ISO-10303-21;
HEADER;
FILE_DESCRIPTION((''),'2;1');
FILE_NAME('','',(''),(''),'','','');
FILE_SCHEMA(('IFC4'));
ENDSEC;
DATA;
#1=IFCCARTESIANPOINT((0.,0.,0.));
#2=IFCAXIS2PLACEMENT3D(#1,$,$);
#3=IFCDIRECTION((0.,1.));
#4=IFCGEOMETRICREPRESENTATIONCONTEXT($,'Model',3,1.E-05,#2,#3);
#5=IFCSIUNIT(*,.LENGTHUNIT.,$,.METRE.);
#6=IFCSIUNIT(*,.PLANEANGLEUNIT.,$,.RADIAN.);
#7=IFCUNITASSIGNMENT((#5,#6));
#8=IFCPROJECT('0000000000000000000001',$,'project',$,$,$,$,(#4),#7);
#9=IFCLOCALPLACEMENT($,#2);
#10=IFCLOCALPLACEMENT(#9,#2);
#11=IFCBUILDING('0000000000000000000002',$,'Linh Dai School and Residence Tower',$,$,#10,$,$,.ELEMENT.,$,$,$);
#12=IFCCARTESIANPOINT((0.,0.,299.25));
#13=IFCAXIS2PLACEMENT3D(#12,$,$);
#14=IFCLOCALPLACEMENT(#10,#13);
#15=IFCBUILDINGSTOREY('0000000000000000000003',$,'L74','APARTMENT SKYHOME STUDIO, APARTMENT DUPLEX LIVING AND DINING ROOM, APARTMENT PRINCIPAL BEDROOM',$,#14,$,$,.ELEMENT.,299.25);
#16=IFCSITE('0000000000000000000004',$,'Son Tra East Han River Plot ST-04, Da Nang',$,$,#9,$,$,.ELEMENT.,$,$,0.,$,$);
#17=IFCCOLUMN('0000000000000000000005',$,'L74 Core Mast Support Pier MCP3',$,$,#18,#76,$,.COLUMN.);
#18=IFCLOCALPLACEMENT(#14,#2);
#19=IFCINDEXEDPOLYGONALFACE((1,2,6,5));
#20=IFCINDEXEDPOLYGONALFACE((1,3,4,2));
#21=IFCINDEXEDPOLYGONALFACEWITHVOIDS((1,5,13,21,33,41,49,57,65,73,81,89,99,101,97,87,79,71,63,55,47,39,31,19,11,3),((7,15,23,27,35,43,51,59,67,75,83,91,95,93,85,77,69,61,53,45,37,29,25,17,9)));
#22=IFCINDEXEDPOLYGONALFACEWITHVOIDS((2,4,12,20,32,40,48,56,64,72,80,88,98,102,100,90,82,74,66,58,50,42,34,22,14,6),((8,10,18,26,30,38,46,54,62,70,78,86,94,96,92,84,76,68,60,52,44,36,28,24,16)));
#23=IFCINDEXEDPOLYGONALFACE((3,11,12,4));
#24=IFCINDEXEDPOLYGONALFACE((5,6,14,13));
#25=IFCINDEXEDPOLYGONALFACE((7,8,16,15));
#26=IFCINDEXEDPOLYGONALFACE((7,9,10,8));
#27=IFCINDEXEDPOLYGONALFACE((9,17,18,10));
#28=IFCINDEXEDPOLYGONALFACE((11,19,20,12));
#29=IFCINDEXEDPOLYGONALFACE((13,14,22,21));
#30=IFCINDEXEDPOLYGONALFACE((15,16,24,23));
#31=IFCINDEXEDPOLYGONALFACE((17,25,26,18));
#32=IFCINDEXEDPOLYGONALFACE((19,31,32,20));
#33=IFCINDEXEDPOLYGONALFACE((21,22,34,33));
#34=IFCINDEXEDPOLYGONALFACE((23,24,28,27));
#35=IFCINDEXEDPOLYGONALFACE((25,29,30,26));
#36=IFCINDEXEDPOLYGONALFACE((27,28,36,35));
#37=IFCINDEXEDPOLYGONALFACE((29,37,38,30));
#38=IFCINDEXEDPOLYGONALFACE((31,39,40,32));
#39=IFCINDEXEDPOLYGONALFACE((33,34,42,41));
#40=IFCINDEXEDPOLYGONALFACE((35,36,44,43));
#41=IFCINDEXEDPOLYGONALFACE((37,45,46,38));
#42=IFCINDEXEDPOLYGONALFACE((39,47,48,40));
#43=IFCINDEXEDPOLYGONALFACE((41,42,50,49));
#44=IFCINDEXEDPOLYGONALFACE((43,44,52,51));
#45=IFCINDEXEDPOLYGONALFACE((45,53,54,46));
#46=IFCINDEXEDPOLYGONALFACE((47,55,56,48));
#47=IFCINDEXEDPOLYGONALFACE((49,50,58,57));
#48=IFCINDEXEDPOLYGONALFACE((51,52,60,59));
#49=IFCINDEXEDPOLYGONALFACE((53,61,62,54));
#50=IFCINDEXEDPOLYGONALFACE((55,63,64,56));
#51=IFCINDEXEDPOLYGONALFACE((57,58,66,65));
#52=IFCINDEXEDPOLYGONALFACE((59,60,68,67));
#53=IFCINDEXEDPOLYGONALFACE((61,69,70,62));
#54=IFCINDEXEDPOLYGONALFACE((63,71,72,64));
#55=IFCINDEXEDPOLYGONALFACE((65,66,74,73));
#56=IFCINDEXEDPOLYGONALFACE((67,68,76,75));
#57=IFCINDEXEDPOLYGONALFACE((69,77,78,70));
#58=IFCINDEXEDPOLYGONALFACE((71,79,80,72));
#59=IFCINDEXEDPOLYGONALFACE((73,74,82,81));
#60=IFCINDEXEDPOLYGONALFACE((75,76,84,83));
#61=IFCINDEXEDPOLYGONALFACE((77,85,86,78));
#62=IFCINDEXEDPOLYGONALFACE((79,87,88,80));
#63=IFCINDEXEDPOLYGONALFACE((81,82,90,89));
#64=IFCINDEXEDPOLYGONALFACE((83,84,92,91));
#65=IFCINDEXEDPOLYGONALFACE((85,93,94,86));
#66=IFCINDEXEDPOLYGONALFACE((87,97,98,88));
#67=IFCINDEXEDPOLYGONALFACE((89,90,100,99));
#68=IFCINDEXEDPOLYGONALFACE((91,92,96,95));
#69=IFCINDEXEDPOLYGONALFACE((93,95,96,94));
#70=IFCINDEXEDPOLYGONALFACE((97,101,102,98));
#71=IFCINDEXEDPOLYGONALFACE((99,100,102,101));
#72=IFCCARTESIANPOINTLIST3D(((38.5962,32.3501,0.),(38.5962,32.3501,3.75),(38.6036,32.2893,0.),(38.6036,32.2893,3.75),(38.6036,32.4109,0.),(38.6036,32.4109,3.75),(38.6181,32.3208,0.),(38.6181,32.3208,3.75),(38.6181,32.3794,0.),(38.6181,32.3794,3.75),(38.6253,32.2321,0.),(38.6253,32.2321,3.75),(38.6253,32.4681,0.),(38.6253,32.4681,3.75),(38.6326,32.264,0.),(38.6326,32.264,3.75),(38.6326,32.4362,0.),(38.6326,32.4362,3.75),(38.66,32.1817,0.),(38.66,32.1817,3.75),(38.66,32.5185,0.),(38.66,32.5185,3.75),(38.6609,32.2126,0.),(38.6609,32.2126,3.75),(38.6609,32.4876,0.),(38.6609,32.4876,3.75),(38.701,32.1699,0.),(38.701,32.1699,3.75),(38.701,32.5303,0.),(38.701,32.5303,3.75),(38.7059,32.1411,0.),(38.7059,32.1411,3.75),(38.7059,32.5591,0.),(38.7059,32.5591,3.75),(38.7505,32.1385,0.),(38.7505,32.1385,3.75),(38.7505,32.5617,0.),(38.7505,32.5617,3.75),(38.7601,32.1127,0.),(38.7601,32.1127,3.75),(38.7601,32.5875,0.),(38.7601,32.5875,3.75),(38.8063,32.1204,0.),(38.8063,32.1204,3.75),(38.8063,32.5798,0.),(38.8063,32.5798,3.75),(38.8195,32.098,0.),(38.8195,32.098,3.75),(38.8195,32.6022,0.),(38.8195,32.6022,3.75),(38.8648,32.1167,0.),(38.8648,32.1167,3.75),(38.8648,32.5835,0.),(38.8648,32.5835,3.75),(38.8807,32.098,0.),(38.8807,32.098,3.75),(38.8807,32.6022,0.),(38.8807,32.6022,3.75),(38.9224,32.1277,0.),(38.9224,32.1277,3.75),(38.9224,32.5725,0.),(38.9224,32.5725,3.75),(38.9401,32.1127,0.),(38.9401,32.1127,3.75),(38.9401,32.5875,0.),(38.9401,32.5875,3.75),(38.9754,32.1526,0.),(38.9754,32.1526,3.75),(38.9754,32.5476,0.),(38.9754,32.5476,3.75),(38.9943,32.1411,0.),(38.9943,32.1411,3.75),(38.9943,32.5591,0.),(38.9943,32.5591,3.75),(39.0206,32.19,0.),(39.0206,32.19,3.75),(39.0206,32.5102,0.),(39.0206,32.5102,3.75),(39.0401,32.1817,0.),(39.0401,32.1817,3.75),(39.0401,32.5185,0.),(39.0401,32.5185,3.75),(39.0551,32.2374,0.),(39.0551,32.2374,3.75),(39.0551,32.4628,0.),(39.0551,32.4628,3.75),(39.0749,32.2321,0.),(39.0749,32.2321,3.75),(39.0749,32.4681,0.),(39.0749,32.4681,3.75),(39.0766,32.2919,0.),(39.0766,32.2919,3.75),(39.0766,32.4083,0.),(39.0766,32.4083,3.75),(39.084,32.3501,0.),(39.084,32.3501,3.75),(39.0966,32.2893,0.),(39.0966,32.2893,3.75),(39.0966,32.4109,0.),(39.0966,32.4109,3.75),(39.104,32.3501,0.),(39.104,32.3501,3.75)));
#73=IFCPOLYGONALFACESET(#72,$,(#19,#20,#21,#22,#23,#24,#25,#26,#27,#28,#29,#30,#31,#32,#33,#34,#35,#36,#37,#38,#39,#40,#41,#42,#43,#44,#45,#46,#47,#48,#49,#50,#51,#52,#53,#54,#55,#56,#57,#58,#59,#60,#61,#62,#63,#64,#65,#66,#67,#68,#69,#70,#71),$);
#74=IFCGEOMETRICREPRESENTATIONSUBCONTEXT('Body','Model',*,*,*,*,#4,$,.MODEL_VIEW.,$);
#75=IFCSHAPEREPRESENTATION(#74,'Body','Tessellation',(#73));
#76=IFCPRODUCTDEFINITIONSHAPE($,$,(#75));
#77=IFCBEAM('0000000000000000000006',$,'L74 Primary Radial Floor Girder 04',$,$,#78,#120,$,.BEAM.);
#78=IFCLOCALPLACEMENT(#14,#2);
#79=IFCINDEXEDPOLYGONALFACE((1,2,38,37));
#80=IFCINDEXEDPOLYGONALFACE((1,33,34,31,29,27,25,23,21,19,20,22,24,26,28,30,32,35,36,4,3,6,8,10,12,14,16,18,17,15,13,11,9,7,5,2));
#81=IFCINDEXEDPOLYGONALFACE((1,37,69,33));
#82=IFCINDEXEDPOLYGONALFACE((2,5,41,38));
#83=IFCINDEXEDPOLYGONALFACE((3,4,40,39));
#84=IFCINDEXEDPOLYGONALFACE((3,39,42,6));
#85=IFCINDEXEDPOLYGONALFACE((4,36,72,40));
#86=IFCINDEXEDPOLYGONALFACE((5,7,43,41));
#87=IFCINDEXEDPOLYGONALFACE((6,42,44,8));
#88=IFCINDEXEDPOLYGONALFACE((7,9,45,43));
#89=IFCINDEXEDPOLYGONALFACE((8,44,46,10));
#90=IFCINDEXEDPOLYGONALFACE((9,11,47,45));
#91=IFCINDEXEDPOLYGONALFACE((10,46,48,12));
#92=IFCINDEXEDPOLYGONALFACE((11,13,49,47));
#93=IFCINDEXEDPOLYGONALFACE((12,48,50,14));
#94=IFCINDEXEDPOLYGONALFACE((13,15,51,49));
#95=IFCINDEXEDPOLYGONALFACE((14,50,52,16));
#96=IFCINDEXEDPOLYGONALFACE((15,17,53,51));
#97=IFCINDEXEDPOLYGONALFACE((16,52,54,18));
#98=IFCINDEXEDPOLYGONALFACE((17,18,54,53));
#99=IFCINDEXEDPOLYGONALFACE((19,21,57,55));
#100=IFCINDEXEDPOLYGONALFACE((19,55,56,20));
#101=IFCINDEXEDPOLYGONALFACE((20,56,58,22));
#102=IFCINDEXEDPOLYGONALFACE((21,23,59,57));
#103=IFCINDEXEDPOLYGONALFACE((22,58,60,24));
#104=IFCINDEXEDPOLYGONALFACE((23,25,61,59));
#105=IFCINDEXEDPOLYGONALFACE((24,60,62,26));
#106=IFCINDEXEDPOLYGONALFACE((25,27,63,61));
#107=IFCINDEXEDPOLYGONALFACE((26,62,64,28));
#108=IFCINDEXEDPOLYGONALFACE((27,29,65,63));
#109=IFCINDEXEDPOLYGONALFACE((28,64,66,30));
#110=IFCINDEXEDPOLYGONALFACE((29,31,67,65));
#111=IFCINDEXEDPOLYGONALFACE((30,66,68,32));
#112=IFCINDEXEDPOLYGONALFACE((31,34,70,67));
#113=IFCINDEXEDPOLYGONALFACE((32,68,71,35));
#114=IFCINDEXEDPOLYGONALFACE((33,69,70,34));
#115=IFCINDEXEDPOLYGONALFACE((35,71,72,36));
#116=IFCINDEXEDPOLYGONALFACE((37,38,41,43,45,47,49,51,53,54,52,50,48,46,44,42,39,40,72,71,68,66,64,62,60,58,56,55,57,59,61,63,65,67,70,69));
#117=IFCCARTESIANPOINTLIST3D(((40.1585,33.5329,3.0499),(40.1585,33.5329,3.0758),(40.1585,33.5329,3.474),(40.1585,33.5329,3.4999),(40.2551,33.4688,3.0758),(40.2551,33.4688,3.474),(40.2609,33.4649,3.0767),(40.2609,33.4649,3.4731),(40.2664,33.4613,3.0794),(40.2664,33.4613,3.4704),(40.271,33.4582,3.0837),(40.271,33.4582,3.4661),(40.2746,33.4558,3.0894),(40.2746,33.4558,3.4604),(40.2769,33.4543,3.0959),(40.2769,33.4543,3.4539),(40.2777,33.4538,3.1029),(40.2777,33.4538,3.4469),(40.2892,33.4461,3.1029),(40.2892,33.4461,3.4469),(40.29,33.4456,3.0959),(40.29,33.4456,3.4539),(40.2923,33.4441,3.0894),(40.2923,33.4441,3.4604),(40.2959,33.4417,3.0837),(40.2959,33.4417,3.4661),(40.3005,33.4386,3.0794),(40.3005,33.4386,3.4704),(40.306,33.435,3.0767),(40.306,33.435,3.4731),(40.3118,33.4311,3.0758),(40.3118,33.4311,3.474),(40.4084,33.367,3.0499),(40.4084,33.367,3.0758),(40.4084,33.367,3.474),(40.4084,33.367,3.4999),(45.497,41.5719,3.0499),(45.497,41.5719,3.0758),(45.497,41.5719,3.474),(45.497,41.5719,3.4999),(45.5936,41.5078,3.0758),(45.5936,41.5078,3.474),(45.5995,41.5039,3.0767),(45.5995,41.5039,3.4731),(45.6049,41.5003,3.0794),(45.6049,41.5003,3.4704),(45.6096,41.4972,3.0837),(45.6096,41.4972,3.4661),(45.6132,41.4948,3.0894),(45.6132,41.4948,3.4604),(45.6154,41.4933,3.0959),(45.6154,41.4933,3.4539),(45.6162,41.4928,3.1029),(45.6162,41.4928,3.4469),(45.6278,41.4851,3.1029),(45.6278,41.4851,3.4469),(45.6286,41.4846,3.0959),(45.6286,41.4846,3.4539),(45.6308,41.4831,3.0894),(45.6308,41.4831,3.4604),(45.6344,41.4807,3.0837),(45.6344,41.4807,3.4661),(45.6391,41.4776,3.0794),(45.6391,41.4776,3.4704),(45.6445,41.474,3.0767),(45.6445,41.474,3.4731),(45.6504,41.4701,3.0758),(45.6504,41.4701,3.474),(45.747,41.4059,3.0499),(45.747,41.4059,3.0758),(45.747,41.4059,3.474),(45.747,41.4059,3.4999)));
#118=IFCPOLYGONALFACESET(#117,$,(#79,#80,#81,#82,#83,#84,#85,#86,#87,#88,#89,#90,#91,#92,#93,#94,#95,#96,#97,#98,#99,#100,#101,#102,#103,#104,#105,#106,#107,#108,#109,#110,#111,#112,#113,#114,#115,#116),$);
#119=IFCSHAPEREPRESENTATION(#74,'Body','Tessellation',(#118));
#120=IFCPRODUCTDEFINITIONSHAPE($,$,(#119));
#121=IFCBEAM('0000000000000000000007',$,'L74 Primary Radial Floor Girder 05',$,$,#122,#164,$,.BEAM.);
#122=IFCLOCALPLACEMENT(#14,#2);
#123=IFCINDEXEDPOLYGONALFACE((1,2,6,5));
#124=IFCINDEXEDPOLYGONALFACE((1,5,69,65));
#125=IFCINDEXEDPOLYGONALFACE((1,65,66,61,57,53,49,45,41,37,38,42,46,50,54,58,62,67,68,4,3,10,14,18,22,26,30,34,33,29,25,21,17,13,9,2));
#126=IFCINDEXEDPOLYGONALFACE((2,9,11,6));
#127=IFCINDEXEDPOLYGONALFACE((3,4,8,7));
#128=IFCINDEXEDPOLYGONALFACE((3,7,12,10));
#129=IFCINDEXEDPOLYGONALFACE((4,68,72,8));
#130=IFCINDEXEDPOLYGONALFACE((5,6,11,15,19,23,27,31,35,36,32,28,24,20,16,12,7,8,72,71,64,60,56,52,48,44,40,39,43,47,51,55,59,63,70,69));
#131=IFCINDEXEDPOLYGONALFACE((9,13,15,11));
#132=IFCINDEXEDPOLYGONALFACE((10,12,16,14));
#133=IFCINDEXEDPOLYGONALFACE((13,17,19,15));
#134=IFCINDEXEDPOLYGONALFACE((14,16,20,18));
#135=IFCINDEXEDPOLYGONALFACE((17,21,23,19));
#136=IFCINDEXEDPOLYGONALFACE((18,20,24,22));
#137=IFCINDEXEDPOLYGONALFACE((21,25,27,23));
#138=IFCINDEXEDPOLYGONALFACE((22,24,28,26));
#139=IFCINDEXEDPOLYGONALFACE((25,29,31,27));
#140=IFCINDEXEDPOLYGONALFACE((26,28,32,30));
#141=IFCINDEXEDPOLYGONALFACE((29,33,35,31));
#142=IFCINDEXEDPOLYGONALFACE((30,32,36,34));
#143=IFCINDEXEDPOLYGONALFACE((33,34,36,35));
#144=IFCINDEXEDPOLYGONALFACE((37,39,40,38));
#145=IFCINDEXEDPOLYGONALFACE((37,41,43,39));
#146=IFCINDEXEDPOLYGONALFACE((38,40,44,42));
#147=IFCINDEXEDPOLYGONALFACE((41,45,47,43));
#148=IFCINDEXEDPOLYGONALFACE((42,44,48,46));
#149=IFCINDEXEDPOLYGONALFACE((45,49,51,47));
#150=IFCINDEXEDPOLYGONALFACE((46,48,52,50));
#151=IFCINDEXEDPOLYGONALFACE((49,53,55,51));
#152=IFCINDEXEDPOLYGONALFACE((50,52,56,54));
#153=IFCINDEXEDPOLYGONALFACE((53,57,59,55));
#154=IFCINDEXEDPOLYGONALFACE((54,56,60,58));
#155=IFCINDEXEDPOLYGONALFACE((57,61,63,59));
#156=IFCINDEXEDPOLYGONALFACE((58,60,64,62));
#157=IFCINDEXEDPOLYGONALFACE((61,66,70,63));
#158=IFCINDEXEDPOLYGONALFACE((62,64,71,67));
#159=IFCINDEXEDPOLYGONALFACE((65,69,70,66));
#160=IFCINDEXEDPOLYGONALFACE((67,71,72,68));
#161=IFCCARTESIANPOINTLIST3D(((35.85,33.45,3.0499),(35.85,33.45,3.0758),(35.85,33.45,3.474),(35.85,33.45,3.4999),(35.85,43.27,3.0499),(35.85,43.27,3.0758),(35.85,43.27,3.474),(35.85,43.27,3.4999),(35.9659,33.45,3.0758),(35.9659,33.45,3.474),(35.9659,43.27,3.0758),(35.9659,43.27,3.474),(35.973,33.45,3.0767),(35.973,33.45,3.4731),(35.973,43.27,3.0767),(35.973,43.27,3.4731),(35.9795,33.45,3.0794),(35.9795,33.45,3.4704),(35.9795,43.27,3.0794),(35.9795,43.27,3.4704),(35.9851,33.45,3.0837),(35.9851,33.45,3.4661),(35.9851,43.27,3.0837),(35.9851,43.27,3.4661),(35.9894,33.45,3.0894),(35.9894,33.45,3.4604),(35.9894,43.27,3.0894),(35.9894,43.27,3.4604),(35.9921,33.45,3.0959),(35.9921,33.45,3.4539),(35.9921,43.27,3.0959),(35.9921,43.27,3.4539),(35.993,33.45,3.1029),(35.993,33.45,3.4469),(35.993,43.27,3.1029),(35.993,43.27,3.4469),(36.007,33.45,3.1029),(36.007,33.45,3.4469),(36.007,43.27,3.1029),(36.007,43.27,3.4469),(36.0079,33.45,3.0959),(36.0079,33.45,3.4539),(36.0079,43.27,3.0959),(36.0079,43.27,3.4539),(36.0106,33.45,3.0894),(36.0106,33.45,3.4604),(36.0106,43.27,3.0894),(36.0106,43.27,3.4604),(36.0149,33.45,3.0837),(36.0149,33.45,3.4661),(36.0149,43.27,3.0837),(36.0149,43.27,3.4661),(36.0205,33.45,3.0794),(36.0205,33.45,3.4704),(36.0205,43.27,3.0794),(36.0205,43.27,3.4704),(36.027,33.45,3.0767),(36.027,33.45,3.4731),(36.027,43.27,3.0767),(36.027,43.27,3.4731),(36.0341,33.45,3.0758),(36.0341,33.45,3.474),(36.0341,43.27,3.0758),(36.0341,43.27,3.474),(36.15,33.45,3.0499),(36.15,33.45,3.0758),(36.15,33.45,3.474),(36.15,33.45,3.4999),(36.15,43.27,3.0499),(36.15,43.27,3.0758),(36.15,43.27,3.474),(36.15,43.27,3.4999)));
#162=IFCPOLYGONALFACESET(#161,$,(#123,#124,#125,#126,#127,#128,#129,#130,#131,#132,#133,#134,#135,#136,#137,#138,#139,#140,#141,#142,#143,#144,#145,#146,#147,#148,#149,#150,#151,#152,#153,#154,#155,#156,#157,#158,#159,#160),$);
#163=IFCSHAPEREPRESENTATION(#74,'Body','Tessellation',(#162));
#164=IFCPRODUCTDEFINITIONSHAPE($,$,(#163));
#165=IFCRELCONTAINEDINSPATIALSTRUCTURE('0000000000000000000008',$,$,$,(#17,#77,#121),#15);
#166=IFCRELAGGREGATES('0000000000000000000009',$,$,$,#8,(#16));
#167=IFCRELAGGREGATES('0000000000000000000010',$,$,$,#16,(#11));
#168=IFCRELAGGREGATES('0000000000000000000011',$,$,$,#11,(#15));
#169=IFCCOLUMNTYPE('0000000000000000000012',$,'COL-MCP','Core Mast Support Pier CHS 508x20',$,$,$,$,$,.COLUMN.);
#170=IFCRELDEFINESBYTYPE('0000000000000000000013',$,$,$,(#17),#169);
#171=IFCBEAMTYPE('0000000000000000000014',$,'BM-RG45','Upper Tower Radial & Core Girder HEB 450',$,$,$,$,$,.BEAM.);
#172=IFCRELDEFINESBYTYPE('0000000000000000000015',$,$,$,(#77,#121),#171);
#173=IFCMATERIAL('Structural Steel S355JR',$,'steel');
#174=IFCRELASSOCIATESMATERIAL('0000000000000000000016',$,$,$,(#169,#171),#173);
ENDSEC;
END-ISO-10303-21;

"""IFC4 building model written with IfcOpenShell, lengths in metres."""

from ifc_helpers import new_model, si_unit, direction, frame, origin, origin_2d, place, context, subcontext, project, spatial, hollow_circle, i_section, extrude, material, material_profile, profile_set, type_object, element, save


model = new_model("IFC4")

# Units and contexts
model_context = context("Model", 3, precision=1e-05, world=origin(), true_north=direction((0.0, 1.0)))
body_context = subcontext(model_context, "Body", "Model", "MODEL_VIEW")
ifc_project = project(units=[si_unit("LENGTHUNIT", "METRE"), si_unit("PLANEANGLEUNIT", "RADIAN")], contexts=[model_context])

# Site, building, storey
site_placement = place(None, origin())
site = spatial("IfcSite", under=ifc_project, at=site_placement, Name="Son Tra East Han River Plot ST-04, Da Nang", CompositionType="ELEMENT", RefElevation=0.0)
building_placement = place(site_placement, origin())
building = spatial("IfcBuilding", under=site, at=building_placement, Name="Linh Dai School and Residence Tower", CompositionType="ELEMENT")
storey_placement = place(building_placement, frame((0.0, 0.0, 299.25)))
storey = spatial("IfcBuildingStorey", under=building, at=storey_placement, Name="L74", Description="APARTMENT SKYHOME STUDIO, APARTMENT DUPLEX LIVING AND DINING ROOM, APARTMENT PRINCIPAL BEDROOM", CompositionType="ELEMENT", Elevation=299.25)

# Column
ifc_material_1 = material(Name="Structural Steel S355JR", Category="steel")
ifc_material_profile_1 = material_profile(ifc_material_1, hollow_circle(Radius=0.2539, WallThickness=0.02, at=origin_2d()), Name="CHS 508x20")
ifc_profile_set_1 = profile_set([ifc_material_profile_1], Name="Structural Steel S355JR")
column_type_1 = type_object("IfcColumnType", Name="COL-MCP", Description="Core Mast Support Pier CHS 508x20", PredefinedType="COLUMN", material=ifc_profile_set_1)
column_placement = place(storey_placement, frame((38.8501, 32.3501, 0.0), z_axis=(0.0, 0.0, 1.0), x_axis=(1.0, 0.0, 0.0)))
element("IfcColumn", 1, at=column_placement, inside=storey, type_object=column_type_1, Name="L74 Core Mast Support Pier MCP3", PredefinedType="COLUMN", context=body_context, shape_type="SweptSolid", body=[
    extrude(hollow_circle(Radius=0.2539, WallThickness=0.02, at=origin_2d()), origin(), (0.0, 0.0, 1.0), 3.75),
])

# Beams
ifc_material_profile_2 = material_profile(ifc_material_1, i_section(OverallWidth=0.3, OverallDepth=0.45, WebThickness=0.0139, FlangeThickness=0.0259, FilletRadius=0.0271, at=origin_2d()), Name="HEB 450")
ifc_profile_set_2 = profile_set([ifc_material_profile_2], Name="Structural Steel S355JR")
beam_type_1 = type_object("IfcBeamType", Name="BM-RG45", Description="Upper Tower Radial & Core Girder HEB 450", PredefinedType="BEAM", material=ifc_profile_set_2)
beam_1_placement = place(storey_placement, frame((40.2834, 33.45, 3.2749), z_axis=(0.553211, 0.833041, 0.0), x_axis=(-0.833041, 0.553211, 0.0)))
element("IfcBeam", 2, at=beam_1_placement, inside=storey, type_object=beam_type_1, Name="L74 Primary Radial Floor Girder 04", PredefinedType="BEAM", context=body_context, shape_type="SweptSolid", body=[
    extrude(i_section(OverallWidth=0.3, OverallDepth=0.45, WebThickness=0.0139, FlangeThickness=0.0259, FilletRadius=0.0271, at=origin_2d()), origin(), (0.0, 0.0, 1.0), 9.6501),
])
beam_2_placement = place(storey_placement, frame((36.0, 33.45, 3.2749), z_axis=(0.0, 1.0, 0.0), x_axis=(-1.0, 0.0, 0.0)))
element("IfcBeam", 3, at=beam_2_placement, inside=storey, type_object=beam_type_1, Name="L74 Primary Radial Floor Girder 05", PredefinedType="BEAM", context=body_context, shape_type="SweptSolid", body=[
    extrude(i_section(OverallWidth=0.3, OverallDepth=0.45, WebThickness=0.0139, FlangeThickness=0.0259, FilletRadius=0.0271, at=origin_2d()), origin(), (0.0, 0.0, 1.0), 9.8201),
])

save(model, "model.ifc")
